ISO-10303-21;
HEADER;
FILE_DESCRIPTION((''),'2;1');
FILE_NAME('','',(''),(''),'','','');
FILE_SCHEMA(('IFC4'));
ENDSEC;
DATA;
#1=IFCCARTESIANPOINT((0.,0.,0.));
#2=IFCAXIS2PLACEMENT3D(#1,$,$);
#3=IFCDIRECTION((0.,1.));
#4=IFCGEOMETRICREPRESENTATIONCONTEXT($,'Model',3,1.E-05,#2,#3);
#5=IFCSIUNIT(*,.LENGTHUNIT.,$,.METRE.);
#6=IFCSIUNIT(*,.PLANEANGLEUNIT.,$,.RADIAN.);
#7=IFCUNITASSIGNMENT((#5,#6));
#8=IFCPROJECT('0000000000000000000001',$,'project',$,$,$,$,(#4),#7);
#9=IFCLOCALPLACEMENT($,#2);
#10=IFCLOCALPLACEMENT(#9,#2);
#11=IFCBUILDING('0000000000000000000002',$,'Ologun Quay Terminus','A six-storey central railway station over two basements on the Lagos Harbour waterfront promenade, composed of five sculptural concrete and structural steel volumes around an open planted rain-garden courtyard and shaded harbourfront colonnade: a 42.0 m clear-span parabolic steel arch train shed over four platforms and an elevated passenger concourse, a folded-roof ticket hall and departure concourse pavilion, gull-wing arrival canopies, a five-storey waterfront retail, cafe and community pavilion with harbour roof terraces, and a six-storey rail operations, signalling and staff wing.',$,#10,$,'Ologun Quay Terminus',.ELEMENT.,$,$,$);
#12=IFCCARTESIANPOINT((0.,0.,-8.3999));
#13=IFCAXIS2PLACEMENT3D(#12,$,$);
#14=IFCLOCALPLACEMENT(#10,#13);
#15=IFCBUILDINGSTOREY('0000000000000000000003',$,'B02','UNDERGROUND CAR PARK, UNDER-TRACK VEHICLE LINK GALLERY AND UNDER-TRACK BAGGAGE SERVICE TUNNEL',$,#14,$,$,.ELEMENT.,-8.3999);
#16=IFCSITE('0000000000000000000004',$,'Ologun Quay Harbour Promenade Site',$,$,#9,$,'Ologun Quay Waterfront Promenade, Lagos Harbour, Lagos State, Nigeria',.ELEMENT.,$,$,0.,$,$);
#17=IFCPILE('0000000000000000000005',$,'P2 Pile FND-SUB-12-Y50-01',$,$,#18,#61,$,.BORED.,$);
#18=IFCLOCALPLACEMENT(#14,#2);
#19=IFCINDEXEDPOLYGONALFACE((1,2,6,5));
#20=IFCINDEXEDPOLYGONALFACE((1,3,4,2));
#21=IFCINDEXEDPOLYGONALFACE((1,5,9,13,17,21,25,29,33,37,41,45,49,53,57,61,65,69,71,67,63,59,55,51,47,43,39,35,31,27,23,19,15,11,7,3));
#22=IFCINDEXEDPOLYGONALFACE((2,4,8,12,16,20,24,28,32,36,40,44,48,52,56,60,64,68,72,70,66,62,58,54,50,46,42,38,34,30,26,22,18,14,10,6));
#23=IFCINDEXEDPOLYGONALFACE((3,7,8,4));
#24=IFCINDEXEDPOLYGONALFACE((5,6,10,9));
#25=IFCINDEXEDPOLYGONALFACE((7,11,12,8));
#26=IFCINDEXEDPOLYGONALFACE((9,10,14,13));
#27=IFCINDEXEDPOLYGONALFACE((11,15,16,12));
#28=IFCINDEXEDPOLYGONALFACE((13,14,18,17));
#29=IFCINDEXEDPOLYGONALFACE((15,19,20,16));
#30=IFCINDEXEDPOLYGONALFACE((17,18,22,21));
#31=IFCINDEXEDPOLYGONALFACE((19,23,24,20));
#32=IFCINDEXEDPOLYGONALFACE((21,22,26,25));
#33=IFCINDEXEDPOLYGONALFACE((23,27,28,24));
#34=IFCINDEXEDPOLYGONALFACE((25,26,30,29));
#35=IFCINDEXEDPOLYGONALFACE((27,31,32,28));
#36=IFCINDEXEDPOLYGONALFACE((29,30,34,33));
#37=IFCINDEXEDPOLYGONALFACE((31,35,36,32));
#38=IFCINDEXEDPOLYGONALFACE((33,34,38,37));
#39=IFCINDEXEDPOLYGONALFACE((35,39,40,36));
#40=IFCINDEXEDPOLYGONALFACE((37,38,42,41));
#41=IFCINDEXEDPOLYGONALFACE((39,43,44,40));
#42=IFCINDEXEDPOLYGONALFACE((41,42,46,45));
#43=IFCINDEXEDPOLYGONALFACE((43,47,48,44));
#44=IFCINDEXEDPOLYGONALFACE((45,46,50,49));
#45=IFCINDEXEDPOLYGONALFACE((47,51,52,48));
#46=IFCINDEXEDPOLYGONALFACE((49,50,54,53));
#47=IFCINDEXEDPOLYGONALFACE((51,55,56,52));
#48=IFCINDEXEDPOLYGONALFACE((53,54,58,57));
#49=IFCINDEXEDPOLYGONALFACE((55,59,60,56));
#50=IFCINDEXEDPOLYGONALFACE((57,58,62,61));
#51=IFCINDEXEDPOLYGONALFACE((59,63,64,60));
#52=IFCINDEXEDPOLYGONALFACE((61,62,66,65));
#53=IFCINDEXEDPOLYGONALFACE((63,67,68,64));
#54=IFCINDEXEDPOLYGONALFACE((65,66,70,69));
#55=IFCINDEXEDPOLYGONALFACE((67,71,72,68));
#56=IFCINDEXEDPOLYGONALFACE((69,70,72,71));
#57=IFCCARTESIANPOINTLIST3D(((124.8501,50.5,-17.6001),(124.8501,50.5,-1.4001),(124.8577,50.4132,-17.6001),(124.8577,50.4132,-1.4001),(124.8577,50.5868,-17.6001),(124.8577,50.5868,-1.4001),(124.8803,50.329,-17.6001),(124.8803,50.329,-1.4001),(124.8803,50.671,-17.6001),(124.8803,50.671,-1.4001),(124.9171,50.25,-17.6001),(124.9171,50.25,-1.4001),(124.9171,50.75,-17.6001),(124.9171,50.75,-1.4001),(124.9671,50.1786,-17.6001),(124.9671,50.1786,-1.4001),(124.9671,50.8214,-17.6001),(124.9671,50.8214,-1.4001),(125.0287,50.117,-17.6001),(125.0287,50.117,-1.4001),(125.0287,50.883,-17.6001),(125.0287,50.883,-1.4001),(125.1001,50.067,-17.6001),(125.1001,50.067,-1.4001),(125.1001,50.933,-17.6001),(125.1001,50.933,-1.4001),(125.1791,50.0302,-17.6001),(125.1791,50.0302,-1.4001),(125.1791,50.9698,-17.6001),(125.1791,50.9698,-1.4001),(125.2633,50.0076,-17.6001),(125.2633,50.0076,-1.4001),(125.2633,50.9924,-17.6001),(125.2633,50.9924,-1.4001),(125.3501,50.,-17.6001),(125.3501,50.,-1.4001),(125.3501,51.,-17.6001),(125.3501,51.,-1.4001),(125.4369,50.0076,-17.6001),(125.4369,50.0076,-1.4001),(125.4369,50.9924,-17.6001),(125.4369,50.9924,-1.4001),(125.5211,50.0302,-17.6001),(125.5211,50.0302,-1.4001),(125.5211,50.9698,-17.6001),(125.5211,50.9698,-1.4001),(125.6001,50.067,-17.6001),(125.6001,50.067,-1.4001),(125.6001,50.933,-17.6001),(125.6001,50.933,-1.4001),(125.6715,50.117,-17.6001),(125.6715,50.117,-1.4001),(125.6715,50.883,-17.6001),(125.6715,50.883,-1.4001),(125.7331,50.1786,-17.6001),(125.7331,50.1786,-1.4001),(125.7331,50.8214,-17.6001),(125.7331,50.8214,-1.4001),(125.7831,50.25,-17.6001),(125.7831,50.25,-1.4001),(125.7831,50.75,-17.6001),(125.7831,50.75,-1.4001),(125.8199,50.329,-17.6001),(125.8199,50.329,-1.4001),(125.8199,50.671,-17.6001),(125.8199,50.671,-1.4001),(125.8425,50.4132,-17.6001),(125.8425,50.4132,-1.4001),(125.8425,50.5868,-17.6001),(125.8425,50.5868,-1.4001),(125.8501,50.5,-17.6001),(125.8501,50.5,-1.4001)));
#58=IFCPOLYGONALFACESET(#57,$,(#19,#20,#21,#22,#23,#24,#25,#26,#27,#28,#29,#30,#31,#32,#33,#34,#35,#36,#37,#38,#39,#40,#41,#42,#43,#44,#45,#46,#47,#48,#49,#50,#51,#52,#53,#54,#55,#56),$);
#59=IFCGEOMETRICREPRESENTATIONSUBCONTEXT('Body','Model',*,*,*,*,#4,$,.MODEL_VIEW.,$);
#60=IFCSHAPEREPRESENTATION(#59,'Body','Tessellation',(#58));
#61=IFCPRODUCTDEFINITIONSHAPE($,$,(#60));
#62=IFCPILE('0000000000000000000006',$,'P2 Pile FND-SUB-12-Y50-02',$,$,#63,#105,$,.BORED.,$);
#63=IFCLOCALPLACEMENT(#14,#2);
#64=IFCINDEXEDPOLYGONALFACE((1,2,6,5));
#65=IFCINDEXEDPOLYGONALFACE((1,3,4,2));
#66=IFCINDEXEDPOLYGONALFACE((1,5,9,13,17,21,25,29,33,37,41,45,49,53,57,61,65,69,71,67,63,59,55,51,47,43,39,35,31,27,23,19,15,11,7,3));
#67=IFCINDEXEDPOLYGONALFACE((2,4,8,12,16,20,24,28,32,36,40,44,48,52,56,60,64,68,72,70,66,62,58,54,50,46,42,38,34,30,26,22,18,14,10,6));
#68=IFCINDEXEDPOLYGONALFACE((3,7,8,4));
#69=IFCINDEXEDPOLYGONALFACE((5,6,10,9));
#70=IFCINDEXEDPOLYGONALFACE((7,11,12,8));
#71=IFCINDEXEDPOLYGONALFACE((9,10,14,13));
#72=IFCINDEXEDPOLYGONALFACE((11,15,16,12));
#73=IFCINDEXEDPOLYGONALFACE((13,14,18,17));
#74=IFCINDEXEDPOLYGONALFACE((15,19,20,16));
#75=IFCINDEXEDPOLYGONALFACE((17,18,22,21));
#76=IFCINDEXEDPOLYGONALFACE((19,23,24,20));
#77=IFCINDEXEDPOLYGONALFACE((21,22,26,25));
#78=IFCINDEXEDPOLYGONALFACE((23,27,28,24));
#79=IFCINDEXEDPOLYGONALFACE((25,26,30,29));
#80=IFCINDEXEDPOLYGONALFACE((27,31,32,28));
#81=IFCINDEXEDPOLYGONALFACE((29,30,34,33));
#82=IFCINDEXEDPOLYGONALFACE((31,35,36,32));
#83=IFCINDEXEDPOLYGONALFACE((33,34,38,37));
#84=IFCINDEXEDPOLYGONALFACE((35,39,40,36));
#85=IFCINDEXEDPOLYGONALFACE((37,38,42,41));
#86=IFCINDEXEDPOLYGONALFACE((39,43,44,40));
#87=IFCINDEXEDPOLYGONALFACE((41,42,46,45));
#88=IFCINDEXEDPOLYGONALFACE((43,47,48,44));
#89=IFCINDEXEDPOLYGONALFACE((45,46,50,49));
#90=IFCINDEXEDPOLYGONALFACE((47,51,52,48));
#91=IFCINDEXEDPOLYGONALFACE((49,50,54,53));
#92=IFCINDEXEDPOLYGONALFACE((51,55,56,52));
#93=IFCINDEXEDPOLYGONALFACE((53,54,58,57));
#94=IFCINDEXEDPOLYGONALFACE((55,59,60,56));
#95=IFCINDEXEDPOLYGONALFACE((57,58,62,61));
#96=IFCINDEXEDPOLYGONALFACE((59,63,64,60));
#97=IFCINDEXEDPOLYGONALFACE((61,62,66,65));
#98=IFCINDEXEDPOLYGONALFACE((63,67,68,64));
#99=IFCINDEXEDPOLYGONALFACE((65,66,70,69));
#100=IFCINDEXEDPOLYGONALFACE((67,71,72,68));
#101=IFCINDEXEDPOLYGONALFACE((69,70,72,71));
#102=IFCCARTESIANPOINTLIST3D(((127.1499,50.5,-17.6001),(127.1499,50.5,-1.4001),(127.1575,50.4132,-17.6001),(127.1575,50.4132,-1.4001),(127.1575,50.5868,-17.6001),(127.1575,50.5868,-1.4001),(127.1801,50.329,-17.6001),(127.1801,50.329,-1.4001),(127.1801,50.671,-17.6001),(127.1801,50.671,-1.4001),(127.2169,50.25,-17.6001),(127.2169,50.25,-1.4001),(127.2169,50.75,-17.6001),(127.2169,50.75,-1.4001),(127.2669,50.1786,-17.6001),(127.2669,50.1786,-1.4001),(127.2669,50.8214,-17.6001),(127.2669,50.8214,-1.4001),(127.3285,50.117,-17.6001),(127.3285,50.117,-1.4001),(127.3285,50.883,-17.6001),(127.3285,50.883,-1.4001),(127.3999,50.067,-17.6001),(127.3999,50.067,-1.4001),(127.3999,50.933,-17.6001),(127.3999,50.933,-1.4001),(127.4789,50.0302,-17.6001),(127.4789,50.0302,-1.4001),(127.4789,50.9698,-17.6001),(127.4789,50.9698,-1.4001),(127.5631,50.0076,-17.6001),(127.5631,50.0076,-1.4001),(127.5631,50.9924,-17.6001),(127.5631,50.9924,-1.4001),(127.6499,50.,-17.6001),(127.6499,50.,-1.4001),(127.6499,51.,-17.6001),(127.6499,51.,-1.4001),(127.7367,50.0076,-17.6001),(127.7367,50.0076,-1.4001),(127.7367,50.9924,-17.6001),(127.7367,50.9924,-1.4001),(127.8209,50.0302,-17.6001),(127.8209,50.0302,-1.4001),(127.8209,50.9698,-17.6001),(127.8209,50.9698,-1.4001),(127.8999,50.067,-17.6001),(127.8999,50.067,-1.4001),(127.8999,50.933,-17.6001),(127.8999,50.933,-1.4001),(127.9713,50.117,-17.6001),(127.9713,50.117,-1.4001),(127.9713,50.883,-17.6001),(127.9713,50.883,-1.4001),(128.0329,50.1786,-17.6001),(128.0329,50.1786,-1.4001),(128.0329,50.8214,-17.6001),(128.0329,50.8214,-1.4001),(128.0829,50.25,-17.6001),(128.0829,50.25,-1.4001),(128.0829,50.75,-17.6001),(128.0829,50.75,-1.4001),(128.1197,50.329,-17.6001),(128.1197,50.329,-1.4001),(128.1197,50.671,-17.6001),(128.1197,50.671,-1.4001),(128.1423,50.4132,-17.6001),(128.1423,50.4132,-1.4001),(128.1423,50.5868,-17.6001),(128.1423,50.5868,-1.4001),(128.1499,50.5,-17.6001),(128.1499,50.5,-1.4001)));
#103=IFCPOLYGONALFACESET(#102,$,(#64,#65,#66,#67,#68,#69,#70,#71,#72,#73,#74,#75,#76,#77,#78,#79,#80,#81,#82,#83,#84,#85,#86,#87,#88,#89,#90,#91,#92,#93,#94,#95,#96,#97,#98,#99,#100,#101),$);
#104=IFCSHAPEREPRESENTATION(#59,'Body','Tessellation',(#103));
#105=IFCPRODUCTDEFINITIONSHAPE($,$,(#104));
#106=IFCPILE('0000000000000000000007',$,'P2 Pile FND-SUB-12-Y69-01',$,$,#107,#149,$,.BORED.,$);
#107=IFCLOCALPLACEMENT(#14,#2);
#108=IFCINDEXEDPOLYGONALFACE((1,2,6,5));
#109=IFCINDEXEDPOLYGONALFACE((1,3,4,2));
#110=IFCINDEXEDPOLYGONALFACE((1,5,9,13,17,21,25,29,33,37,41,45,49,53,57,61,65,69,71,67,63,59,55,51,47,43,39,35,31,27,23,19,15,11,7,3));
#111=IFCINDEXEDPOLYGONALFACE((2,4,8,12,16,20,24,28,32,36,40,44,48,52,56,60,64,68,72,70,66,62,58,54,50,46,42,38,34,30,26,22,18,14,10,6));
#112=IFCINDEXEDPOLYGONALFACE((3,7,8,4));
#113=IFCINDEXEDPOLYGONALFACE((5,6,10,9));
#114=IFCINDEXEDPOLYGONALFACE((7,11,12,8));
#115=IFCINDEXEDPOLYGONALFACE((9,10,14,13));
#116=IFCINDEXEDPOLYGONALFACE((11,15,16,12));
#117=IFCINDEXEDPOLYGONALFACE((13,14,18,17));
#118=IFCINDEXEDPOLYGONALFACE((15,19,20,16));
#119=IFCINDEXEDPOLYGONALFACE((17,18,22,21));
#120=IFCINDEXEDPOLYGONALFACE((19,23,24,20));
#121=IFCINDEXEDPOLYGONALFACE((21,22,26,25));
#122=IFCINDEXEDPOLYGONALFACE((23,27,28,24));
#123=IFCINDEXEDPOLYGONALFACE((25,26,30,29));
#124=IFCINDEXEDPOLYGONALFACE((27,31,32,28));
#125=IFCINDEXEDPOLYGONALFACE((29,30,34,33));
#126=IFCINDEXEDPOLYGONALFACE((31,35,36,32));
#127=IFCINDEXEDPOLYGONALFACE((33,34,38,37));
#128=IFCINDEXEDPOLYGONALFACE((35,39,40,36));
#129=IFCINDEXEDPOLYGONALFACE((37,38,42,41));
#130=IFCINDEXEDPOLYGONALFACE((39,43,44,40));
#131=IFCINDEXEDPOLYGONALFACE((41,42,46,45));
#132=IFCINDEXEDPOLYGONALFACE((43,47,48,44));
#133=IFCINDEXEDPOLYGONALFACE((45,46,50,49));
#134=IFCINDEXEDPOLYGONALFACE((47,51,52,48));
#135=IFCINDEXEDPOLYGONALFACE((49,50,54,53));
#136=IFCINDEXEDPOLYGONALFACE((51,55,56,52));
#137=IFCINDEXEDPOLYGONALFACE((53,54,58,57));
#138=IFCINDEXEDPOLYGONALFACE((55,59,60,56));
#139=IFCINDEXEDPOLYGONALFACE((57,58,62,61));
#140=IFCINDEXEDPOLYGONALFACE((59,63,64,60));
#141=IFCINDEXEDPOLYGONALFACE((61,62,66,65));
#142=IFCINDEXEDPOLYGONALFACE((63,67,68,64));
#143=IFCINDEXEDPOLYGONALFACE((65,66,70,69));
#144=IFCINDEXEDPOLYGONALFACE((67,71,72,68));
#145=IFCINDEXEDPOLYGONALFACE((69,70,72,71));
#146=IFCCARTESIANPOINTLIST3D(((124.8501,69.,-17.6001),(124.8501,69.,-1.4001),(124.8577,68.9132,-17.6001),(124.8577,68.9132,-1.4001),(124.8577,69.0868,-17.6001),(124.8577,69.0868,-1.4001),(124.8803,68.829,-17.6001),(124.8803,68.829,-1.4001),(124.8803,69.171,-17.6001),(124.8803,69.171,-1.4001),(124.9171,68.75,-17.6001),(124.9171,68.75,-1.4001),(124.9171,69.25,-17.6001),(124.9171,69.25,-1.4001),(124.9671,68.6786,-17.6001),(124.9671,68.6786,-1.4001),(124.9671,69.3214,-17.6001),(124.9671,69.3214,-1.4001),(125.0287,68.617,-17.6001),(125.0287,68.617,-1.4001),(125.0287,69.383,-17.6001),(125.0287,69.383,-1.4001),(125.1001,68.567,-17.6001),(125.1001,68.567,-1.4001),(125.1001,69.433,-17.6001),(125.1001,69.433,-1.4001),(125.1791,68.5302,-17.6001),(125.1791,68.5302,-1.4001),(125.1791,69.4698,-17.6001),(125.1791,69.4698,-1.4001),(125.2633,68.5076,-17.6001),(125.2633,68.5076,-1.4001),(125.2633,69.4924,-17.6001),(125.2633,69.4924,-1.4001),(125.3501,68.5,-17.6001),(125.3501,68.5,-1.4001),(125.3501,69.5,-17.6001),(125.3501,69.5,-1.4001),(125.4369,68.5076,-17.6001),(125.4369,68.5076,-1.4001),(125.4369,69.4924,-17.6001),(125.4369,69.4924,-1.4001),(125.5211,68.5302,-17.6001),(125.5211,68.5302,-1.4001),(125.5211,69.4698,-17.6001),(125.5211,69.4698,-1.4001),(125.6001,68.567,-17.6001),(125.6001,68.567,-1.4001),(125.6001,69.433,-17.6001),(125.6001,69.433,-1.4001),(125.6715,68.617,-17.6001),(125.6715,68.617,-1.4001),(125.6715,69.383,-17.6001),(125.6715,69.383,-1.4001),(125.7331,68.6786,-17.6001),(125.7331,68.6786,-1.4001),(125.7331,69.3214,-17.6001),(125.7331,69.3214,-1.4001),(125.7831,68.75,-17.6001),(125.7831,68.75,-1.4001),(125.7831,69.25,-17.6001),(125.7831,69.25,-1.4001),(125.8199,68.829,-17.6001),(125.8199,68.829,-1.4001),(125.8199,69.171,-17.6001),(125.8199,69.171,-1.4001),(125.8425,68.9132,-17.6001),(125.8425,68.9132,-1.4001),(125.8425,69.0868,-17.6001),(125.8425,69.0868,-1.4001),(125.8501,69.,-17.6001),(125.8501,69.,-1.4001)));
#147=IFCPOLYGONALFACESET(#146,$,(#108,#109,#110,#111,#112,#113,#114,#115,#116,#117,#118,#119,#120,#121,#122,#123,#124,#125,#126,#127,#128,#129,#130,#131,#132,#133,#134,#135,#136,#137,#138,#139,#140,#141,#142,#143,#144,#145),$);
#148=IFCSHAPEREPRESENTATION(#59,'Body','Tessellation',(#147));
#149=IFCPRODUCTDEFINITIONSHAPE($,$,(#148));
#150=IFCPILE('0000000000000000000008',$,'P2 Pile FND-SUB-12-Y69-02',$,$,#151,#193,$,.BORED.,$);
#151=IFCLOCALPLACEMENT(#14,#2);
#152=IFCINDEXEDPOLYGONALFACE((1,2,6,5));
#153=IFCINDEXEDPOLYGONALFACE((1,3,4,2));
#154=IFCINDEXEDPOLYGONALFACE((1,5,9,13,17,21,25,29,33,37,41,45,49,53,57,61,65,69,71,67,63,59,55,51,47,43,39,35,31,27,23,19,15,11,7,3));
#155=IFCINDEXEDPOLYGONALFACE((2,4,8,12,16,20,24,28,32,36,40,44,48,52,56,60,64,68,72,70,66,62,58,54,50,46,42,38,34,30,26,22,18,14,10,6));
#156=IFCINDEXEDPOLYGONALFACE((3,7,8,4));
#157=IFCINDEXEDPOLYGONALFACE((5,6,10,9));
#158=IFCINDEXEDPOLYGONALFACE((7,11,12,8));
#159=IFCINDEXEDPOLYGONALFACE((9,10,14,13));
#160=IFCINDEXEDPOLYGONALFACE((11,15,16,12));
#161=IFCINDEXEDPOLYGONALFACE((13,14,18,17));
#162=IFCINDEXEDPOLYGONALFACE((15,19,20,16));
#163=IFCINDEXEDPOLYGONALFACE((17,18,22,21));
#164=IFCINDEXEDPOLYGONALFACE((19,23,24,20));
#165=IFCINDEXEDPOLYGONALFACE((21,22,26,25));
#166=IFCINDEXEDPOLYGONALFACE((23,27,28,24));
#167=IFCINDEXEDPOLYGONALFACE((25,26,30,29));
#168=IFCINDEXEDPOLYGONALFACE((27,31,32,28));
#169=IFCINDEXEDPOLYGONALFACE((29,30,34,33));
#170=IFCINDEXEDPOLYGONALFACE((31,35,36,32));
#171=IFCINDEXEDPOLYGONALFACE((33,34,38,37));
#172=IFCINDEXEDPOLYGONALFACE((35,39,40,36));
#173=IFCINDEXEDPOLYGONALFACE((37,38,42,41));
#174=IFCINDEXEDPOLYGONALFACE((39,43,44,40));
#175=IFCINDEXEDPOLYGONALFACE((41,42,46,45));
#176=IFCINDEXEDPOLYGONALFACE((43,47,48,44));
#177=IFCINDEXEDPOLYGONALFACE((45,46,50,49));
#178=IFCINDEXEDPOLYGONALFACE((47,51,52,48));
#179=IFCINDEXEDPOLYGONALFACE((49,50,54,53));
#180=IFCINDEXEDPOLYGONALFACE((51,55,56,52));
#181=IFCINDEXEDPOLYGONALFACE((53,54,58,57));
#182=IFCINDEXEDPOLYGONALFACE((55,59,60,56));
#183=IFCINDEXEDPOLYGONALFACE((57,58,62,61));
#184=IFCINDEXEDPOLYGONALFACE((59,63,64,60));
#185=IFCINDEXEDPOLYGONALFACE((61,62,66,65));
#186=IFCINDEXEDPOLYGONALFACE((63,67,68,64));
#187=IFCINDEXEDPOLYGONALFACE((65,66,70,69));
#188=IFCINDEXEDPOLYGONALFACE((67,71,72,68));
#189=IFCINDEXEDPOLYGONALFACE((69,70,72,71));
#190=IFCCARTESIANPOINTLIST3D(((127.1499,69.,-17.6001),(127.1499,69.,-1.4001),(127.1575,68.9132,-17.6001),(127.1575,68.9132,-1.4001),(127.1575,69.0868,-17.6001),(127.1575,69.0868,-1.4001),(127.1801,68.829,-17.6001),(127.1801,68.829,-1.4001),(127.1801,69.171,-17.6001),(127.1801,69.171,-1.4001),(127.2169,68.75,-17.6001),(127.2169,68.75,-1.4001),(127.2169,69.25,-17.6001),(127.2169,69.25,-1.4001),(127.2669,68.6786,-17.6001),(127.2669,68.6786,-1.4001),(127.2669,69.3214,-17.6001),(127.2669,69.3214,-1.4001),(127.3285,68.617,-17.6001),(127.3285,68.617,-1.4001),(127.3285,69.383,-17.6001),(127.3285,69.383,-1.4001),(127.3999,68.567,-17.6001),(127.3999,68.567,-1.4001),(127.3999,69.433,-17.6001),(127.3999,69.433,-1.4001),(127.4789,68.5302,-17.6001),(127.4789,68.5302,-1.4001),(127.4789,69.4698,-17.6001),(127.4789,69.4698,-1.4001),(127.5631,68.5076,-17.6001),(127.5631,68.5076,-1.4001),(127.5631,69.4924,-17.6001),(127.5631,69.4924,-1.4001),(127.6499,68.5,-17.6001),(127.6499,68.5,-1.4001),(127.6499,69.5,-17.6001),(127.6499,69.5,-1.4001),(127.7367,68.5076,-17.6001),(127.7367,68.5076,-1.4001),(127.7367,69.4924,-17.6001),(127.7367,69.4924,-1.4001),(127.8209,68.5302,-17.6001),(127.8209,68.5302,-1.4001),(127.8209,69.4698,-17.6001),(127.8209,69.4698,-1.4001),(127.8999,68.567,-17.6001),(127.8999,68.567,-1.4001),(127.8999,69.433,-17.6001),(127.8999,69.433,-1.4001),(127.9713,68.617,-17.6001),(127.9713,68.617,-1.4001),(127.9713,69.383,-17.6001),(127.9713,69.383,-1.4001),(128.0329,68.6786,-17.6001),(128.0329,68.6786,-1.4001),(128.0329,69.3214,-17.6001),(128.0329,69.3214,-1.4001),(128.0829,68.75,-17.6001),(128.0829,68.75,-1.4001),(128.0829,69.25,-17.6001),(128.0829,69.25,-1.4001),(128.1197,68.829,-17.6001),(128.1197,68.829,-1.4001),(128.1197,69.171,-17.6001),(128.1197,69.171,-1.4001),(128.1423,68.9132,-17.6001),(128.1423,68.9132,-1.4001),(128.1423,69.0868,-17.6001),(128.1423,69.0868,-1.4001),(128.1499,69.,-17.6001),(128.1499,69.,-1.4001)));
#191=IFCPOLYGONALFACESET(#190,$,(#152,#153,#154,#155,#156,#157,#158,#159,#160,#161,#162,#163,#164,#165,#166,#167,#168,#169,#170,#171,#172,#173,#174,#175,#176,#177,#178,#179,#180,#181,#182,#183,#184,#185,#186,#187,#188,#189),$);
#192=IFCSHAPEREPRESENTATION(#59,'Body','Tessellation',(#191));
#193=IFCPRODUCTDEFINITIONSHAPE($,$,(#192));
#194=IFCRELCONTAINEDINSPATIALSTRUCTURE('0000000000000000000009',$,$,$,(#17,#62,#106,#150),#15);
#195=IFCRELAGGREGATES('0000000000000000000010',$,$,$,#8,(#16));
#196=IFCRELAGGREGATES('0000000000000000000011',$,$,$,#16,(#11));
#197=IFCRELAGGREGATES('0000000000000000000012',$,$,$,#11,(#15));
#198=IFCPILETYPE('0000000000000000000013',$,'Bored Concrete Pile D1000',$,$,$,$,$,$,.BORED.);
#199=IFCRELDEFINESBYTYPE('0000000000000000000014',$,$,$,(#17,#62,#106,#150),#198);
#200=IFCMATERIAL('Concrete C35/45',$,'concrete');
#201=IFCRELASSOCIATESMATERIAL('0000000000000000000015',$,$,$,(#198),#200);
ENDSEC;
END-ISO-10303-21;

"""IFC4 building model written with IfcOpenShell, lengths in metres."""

from ifc_helpers import new_model, si_unit, direction, frame, origin, origin_2d, place, context, subcontext, project, spatial, circle, extrude, material, material_profile, profile_set, type_object, element, save


model = new_model("IFC4")

# Units and contexts
model_context = context("Model", 3, precision=1e-05, world=origin(), true_north=direction((0.0, 1.0)))
body_context = subcontext(model_context, "Body", "Model", "MODEL_VIEW")
ifc_project = project(units=[si_unit("LENGTHUNIT", "METRE"), si_unit("PLANEANGLEUNIT", "RADIAN")], contexts=[model_context])

# Site, building, storey
site_placement = place(None, origin())
site = spatial("IfcSite", under=ifc_project, at=site_placement, Name="Ologun Quay Harbour Promenade Site", LongName="Ologun Quay Waterfront Promenade, Lagos Harbour, Lagos State, Nigeria", CompositionType="ELEMENT", RefElevation=0.0)
building_placement = place(site_placement, origin())
building = spatial("IfcBuilding", under=site, at=building_placement, Name="Ologun Quay Terminus", Description="A six-storey central railway station over two basements on the Lagos Harbour waterfront promenade, composed of five sculptural concrete and structural steel volumes around an open planted rain-garden courtyard and shaded harbourfront colonnade: a 42.0 m clear-span parabolic steel arch train shed over four platforms and an elevated passenger concourse, a folded-roof ticket hall and departure concourse pavilion, gull-wing arrival canopies, a five-storey waterfront retail, cafe and community pavilion with harbour roof terraces, and a six-storey rail operations, signalling and staff wing.", LongName="Ologun Quay Terminus", CompositionType="ELEMENT")
storey_placement = place(building_placement, frame((0.0, 0.0, -8.3999)))
storey = spatial("IfcBuildingStorey", under=building, at=storey_placement, Name="B02", Description="UNDERGROUND CAR PARK, UNDER-TRACK VEHICLE LINK GALLERY AND UNDER-TRACK BAGGAGE SERVICE TUNNEL", CompositionType="ELEMENT", Elevation=-8.3999)

# Piles
ifc_material_1 = material(Name="Concrete C35/45", Category="concrete")
ifc_material_profile_1 = material_profile(ifc_material_1, circle(Radius=0.5, at=origin_2d()), Name="PILE D1000")
ifc_profile_set_1 = profile_set([ifc_material_profile_1], Name="Concrete C35/45")
pile_type_1 = type_object("IfcPileType", Name="Bored Concrete Pile D1000", PredefinedType="BORED", material=ifc_profile_set_1)
for number, where, z_axis, x_axis, name in (
    (1, (125.3501, 50.5, -1.4001), (0.0, 0.0, -1.0), (1.0, 0.0, 0.0), "P2 Pile FND-SUB-12-Y50-01"),
    (2, (127.6499, 50.5, -1.4001), (0.0, 0.0, -1.0), (1.0, 0.0, 0.0), "P2 Pile FND-SUB-12-Y50-02"),
    (3, (125.3501, 69.0, -1.4001), (0.0, 0.0, -1.0), (1.0, 0.0, 0.0), "P2 Pile FND-SUB-12-Y69-01"),
    (4, (127.6499, 69.0, -1.4001), (0.0, 0.0, -1.0), (1.0, 0.0, 0.0), "P2 Pile FND-SUB-12-Y69-02"),
):
    element("IfcPile", number, at=place(storey_placement, frame(where, z_axis=z_axis, x_axis=x_axis)), inside=storey, type_object=pile_type_1, Name=name, PredefinedType="BORED", context=body_context, shape_type="SweptSolid", body=[
        extrude(circle(Radius=0.5, at=origin_2d()), origin(), (0.0, 0.0, 1.0), 16.2),
    ])

save(model, "model.ifc")
